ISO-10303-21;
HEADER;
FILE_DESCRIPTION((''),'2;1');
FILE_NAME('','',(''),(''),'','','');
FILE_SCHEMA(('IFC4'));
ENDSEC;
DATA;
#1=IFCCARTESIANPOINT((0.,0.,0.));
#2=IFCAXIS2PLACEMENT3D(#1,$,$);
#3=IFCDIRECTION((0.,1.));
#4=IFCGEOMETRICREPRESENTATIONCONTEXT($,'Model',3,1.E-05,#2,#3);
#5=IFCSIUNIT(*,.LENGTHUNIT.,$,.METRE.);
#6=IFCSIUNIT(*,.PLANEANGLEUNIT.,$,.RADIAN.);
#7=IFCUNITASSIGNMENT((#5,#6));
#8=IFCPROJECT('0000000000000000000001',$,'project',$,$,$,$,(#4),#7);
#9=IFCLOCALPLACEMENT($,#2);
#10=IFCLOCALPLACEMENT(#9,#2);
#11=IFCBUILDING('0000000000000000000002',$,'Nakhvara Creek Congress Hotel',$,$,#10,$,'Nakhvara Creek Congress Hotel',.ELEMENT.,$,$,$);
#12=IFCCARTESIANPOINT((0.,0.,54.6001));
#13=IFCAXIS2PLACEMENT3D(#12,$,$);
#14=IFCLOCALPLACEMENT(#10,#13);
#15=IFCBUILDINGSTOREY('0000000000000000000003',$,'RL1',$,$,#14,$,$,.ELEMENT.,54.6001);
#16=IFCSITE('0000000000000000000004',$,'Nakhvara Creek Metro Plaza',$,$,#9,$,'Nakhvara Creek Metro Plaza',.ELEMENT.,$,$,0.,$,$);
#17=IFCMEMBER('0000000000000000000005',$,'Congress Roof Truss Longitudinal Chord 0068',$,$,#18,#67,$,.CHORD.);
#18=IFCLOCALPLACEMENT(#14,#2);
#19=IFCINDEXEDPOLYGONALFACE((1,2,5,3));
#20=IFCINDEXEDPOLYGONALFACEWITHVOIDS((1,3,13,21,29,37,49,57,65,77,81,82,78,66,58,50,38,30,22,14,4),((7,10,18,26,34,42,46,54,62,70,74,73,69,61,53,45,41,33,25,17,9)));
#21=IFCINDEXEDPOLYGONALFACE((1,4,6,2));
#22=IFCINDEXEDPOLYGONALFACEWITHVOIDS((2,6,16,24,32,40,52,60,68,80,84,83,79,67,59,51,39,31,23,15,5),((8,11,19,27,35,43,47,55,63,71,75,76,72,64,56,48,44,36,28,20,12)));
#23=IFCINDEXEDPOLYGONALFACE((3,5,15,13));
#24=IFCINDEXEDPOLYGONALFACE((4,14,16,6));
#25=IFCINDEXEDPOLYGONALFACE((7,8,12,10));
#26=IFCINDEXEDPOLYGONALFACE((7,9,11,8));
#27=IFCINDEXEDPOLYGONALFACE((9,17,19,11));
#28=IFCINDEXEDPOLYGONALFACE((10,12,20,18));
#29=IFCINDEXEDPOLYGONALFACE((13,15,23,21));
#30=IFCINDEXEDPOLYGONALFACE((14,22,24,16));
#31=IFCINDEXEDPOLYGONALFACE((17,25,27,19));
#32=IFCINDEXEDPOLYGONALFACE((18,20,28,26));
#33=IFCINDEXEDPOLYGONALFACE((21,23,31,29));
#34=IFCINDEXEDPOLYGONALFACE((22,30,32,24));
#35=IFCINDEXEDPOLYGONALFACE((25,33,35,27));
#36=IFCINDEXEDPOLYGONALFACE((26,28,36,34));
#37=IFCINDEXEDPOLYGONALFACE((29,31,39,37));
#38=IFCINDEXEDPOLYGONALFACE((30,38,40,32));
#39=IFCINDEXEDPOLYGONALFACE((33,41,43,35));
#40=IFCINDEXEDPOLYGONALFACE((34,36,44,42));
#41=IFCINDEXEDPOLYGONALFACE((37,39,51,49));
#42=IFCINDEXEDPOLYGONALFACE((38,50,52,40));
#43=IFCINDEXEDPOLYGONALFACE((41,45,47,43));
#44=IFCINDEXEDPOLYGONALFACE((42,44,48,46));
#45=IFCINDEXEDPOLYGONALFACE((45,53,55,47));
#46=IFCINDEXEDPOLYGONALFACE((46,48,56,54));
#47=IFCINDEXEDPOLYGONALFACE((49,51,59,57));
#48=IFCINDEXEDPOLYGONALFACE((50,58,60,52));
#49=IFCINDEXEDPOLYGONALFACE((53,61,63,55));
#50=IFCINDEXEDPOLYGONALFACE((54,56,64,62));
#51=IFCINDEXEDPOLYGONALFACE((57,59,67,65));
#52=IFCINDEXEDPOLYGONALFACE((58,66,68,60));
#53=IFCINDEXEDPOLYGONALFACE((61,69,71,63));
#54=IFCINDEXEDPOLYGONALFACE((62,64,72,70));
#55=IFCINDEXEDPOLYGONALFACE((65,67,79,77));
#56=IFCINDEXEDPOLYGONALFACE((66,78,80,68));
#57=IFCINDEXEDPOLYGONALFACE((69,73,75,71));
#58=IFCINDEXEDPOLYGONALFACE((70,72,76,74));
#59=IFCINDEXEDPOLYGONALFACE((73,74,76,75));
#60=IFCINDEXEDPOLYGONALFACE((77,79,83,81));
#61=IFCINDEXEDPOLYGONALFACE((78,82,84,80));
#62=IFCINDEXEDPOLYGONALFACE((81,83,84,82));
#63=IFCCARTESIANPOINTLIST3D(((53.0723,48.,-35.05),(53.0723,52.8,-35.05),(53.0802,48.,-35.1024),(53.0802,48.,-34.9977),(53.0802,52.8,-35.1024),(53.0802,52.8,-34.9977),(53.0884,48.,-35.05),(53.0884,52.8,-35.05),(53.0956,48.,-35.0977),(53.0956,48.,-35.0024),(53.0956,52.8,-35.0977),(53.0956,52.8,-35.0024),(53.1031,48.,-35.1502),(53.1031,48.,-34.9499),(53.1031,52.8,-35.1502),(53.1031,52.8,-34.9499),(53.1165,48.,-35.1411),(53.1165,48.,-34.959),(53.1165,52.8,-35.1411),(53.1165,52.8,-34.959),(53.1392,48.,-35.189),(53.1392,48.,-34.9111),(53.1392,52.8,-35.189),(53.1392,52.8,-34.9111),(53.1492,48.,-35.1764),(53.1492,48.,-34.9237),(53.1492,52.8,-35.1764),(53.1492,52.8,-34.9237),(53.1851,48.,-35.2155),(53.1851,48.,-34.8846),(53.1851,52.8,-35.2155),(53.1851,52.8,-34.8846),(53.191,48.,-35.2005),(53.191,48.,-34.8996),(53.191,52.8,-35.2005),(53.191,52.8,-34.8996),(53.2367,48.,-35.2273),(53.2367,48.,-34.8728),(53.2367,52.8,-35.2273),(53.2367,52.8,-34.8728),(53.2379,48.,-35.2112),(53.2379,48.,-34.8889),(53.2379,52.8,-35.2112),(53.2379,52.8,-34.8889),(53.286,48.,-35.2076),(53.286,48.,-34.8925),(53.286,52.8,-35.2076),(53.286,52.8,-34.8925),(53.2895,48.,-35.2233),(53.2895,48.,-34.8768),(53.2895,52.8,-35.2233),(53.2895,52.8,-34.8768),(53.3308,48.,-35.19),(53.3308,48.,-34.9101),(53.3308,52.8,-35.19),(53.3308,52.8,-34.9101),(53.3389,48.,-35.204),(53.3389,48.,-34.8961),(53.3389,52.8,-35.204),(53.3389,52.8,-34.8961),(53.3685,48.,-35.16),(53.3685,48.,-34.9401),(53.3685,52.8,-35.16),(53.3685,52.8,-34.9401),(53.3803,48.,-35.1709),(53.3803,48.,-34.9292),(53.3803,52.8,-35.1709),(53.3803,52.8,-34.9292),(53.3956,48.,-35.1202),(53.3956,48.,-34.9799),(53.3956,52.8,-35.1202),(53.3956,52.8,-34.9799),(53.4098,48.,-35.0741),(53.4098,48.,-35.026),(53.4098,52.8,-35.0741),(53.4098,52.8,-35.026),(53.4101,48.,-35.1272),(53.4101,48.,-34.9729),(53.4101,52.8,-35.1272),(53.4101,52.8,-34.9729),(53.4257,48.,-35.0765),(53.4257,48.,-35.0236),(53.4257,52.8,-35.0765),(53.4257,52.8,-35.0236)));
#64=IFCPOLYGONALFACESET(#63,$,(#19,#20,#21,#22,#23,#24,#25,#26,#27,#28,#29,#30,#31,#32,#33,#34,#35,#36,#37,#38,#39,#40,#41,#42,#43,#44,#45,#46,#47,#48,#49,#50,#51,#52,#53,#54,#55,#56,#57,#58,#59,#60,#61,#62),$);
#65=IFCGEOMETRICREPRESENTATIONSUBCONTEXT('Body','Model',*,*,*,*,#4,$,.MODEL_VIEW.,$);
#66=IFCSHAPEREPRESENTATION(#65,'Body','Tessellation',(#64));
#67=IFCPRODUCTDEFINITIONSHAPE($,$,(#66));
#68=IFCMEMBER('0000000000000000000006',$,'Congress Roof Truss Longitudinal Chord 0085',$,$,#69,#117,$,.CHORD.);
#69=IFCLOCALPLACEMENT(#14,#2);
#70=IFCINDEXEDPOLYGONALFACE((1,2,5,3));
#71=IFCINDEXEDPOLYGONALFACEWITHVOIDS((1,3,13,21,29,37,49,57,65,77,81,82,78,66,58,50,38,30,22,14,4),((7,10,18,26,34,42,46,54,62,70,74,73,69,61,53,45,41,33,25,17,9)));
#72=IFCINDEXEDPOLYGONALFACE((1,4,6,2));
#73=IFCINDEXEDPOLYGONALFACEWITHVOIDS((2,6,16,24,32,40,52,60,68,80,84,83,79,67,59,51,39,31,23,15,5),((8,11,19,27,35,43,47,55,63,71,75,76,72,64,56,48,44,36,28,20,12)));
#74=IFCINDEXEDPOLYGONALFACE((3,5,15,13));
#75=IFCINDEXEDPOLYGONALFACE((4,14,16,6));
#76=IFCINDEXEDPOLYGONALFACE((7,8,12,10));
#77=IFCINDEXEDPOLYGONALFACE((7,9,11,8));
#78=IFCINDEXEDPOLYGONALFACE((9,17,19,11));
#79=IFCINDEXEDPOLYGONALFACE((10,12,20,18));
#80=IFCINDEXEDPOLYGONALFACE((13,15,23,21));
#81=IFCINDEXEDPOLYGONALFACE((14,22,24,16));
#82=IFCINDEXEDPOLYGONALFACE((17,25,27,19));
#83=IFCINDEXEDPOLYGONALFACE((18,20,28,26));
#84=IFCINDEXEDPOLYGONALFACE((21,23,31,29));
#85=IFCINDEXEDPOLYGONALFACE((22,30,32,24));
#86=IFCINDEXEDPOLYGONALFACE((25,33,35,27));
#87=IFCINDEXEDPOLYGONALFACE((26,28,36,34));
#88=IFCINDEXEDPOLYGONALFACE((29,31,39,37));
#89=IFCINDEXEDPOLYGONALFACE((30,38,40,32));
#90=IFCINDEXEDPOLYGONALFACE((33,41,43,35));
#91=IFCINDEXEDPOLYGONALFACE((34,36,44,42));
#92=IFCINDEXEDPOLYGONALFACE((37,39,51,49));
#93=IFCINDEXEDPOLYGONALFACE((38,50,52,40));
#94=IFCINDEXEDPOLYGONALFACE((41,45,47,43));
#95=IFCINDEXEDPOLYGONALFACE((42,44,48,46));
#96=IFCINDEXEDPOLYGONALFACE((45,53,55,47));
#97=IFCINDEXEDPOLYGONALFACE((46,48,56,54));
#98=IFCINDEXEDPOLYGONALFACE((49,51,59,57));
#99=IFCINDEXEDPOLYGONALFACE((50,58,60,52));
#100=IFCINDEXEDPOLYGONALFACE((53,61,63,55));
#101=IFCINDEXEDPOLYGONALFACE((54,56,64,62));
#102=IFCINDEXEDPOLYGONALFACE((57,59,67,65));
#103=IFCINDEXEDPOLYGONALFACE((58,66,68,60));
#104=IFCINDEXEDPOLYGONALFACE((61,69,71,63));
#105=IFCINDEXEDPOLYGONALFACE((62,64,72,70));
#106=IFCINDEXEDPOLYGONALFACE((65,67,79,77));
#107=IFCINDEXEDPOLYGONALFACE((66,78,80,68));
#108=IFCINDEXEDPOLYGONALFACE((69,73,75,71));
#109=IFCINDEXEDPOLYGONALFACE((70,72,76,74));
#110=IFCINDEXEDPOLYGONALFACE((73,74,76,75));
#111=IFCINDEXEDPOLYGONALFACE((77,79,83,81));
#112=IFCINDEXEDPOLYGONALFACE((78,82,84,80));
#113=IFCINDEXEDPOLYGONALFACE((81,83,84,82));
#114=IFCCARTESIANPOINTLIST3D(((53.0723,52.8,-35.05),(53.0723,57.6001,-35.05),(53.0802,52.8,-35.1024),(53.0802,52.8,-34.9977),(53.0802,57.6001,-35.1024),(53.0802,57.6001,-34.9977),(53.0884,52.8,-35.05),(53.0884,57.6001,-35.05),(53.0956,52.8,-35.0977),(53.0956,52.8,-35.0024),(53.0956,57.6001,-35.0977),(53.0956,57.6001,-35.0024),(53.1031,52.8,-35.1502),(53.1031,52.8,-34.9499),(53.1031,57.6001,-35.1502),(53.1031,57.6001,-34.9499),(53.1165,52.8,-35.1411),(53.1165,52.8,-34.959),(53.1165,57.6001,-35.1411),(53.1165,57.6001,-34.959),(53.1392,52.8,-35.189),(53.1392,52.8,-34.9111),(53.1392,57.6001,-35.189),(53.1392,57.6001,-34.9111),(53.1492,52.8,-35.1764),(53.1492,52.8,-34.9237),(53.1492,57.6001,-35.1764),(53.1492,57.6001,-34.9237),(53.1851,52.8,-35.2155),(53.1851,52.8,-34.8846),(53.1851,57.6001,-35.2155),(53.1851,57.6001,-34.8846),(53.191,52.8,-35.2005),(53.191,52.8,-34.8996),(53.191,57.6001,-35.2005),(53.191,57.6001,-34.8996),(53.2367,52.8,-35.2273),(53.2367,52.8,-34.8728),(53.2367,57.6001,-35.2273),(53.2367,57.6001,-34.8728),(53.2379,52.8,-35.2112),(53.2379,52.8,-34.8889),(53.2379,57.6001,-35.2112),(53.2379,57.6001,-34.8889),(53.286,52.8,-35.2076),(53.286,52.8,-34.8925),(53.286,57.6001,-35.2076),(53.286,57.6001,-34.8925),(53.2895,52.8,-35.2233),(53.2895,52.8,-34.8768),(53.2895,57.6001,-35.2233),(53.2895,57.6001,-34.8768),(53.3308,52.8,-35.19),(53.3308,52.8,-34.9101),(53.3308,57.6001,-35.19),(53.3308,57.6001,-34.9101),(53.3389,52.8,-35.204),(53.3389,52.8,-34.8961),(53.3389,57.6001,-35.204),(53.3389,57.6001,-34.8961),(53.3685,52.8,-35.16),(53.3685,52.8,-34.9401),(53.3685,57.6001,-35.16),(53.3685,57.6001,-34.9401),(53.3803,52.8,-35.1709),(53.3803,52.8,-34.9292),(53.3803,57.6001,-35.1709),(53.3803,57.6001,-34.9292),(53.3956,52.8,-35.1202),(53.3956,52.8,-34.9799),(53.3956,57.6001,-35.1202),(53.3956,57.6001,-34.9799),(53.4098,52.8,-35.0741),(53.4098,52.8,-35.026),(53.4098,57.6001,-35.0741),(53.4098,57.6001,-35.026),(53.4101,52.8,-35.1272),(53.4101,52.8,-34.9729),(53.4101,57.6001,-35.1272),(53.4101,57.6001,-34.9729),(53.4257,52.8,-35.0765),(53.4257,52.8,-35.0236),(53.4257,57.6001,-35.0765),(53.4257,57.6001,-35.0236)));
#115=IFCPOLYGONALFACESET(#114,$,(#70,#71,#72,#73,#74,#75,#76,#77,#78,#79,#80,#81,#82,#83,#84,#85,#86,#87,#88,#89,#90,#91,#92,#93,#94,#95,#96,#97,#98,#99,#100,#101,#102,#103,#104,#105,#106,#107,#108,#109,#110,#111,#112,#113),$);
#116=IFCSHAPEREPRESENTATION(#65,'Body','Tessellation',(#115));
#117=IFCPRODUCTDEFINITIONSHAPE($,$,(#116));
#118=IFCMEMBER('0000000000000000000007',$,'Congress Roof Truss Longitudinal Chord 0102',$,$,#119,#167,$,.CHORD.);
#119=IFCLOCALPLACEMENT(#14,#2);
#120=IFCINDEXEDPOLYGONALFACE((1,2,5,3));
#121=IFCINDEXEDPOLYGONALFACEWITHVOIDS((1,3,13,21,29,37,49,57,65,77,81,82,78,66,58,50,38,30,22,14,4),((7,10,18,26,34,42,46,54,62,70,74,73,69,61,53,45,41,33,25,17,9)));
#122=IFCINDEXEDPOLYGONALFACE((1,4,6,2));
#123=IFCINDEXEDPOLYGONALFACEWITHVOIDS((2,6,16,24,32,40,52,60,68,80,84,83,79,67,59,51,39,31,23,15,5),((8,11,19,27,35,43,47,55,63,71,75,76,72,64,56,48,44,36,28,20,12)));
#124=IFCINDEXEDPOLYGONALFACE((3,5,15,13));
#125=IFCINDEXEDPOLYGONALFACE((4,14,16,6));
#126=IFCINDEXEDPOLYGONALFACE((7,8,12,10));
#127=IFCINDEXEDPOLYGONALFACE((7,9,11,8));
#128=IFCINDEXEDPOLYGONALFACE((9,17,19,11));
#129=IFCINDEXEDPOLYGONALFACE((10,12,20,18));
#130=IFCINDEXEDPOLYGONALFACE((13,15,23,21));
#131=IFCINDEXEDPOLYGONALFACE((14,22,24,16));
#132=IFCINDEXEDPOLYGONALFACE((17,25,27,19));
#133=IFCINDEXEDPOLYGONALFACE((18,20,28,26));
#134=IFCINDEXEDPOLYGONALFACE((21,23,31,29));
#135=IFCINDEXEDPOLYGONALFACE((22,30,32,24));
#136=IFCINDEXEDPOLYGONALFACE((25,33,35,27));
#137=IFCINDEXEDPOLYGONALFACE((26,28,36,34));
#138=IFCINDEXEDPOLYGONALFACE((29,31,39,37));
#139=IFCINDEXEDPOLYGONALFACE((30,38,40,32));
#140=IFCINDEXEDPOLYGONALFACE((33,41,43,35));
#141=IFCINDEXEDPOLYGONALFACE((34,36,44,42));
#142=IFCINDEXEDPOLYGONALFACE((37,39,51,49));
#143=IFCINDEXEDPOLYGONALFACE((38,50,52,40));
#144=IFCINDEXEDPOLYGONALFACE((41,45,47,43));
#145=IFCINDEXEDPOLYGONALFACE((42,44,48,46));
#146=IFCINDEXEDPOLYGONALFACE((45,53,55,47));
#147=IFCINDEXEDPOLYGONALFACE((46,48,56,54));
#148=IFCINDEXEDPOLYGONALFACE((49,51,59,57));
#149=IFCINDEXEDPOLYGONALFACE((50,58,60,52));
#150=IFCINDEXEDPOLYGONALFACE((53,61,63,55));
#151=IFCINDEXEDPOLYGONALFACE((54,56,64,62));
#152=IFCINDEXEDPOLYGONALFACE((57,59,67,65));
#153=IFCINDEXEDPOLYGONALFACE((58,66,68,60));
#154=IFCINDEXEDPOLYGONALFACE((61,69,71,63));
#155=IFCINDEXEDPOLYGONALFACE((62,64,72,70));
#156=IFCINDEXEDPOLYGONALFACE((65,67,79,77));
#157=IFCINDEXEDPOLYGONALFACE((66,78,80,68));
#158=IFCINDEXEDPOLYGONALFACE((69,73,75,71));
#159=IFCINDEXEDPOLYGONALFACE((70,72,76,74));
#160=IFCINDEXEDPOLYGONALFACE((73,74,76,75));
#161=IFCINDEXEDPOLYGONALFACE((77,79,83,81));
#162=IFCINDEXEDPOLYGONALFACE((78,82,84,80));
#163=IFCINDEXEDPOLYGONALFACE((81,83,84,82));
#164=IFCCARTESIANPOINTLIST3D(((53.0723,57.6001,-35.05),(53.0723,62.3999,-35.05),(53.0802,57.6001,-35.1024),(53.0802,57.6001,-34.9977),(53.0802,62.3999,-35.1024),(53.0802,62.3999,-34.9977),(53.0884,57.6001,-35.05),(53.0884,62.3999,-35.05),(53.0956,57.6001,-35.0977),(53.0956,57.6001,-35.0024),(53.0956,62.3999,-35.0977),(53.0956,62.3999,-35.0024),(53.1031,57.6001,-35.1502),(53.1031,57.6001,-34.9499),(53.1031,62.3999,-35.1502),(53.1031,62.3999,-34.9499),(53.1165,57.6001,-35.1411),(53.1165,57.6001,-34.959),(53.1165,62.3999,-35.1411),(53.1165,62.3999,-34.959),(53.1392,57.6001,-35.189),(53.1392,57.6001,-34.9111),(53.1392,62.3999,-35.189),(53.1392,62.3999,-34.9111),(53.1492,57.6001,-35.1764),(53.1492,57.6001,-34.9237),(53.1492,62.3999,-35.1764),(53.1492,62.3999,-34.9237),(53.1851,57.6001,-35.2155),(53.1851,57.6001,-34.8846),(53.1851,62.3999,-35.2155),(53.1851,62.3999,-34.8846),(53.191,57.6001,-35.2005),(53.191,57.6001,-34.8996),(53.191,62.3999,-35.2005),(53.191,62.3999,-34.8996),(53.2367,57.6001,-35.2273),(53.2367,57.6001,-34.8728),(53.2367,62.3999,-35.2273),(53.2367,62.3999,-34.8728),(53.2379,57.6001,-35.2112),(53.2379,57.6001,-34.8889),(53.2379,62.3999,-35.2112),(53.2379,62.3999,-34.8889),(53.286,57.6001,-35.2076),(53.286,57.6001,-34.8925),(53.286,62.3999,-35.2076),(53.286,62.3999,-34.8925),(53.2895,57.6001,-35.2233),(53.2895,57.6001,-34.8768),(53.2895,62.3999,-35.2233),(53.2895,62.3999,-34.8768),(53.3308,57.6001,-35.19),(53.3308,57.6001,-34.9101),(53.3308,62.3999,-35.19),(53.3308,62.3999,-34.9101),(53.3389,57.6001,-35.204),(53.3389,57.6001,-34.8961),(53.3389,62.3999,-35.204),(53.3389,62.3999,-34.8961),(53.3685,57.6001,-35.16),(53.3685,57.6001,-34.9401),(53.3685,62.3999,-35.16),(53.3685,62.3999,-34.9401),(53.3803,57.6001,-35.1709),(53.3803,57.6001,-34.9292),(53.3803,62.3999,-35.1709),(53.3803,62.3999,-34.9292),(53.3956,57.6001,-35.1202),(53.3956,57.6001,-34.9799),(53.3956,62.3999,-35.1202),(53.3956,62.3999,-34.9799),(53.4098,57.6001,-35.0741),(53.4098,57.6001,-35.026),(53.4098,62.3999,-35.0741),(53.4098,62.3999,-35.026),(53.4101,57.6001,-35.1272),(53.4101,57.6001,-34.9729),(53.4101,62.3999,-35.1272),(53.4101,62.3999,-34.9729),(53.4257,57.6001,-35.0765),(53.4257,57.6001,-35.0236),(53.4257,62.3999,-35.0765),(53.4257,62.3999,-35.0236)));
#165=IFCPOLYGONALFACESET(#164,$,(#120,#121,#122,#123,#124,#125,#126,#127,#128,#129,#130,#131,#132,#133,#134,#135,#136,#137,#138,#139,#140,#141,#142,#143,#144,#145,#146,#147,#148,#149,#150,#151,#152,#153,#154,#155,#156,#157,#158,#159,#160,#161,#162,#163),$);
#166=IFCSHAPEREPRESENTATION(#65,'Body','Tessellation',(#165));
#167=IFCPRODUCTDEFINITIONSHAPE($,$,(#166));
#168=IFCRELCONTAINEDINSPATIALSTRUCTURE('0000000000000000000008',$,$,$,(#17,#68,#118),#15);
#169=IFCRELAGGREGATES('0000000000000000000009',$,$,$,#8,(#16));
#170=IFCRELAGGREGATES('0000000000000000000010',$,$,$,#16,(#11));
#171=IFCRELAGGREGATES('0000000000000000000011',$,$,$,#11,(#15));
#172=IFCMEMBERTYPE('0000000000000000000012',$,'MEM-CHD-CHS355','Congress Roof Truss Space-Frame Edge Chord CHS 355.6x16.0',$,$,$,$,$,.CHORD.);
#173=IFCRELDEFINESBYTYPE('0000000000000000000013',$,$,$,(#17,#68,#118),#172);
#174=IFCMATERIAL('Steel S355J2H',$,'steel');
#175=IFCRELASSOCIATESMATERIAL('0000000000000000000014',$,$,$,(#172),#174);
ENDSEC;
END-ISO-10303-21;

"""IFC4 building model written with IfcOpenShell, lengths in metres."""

from ifc_helpers import new_model, si_unit, direction, frame, origin, origin_2d, place, context, subcontext, project, spatial, hollow_circle, extrude, material, material_profile, profile_set, type_object, element, save


model = new_model("IFC4")

# Units and contexts
model_context = context("Model", 3, precision=1e-05, world=origin(), true_north=direction((0.0, 1.0)))
body_context = subcontext(model_context, "Body", "Model", "MODEL_VIEW")
ifc_project = project(units=[si_unit("LENGTHUNIT", "METRE"), si_unit("PLANEANGLEUNIT", "RADIAN")], contexts=[model_context])

# Site, building, storey
site_placement = place(None, origin())
site = spatial("IfcSite", under=ifc_project, at=site_placement, Name="Nakhvara Creek Metro Plaza", LongName="Nakhvara Creek Metro Plaza", CompositionType="ELEMENT", RefElevation=0.0)
building_placement = place(site_placement, origin())
building = spatial("IfcBuilding", under=site, at=building_placement, Name="Nakhvara Creek Congress Hotel", LongName="Nakhvara Creek Congress Hotel", CompositionType="ELEMENT")
storey_placement = place(building_placement, frame((0.0, 0.0, 54.6001)))
storey = spatial("IfcBuildingStorey", under=building, at=storey_placement, Name="RL1", CompositionType="ELEMENT", Elevation=54.6001)

# Members
ifc_material_1 = material(Name="Steel S355J2H", Category="steel")
ifc_material_profile_1 = material_profile(ifc_material_1, hollow_circle(Radius=0.1777, WallThickness=0.0161, at=origin_2d()), Name="CHS 355.6x16.0", Category="LoadBearing")
ifc_profile_set_1 = profile_set([ifc_material_profile_1], Name="Steel S355J2H")
member_type_1 = type_object("IfcMemberType", Name="MEM-CHD-CHS355", Description="Congress Roof Truss Space-Frame Edge Chord CHS 355.6x16.0", PredefinedType="CHORD", material=ifc_profile_set_1)
for number, where, z_axis, x_axis, name in (
    (1, (53.25, 48.0, -35.05), (0.0, 1.0, 0.0), (-1.0, 0.0, 0.0), "Congress Roof Truss Longitudinal Chord 0068"),
    (2, (53.25, 52.8, -35.05), (0.0, 1.0, 0.0), (-1.0, 0.0, 0.0), "Congress Roof Truss Longitudinal Chord 0085"),
):
    element("IfcMember", number, at=place(storey_placement, frame(where, z_axis=z_axis, x_axis=x_axis)), inside=storey, type_object=member_type_1, Name=name, PredefinedType="CHORD", context=body_context, shape_type="SweptSolid", body=[
        extrude(hollow_circle(Radius=0.1777, WallThickness=0.0161, at=origin_2d()), origin(), (0.0, 0.0, 1.0), 4.8),
    ])
member_placement = place(storey_placement, frame((53.25, 57.6001, -35.05), z_axis=(0.0, 1.0, 0.0), x_axis=(-1.0, 0.0, 0.0)))
element("IfcMember", 3, at=member_placement, inside=storey, type_object=member_type_1, Name="Congress Roof Truss Longitudinal Chord 0102", PredefinedType="CHORD", context=body_context, shape_type="SweptSolid", body=[
    extrude(hollow_circle(Radius=0.1777, WallThickness=0.0161, at=origin_2d()), origin(), (0.0, 0.0, 1.0), 4.7998),
])

save(model, "model.ifc")
